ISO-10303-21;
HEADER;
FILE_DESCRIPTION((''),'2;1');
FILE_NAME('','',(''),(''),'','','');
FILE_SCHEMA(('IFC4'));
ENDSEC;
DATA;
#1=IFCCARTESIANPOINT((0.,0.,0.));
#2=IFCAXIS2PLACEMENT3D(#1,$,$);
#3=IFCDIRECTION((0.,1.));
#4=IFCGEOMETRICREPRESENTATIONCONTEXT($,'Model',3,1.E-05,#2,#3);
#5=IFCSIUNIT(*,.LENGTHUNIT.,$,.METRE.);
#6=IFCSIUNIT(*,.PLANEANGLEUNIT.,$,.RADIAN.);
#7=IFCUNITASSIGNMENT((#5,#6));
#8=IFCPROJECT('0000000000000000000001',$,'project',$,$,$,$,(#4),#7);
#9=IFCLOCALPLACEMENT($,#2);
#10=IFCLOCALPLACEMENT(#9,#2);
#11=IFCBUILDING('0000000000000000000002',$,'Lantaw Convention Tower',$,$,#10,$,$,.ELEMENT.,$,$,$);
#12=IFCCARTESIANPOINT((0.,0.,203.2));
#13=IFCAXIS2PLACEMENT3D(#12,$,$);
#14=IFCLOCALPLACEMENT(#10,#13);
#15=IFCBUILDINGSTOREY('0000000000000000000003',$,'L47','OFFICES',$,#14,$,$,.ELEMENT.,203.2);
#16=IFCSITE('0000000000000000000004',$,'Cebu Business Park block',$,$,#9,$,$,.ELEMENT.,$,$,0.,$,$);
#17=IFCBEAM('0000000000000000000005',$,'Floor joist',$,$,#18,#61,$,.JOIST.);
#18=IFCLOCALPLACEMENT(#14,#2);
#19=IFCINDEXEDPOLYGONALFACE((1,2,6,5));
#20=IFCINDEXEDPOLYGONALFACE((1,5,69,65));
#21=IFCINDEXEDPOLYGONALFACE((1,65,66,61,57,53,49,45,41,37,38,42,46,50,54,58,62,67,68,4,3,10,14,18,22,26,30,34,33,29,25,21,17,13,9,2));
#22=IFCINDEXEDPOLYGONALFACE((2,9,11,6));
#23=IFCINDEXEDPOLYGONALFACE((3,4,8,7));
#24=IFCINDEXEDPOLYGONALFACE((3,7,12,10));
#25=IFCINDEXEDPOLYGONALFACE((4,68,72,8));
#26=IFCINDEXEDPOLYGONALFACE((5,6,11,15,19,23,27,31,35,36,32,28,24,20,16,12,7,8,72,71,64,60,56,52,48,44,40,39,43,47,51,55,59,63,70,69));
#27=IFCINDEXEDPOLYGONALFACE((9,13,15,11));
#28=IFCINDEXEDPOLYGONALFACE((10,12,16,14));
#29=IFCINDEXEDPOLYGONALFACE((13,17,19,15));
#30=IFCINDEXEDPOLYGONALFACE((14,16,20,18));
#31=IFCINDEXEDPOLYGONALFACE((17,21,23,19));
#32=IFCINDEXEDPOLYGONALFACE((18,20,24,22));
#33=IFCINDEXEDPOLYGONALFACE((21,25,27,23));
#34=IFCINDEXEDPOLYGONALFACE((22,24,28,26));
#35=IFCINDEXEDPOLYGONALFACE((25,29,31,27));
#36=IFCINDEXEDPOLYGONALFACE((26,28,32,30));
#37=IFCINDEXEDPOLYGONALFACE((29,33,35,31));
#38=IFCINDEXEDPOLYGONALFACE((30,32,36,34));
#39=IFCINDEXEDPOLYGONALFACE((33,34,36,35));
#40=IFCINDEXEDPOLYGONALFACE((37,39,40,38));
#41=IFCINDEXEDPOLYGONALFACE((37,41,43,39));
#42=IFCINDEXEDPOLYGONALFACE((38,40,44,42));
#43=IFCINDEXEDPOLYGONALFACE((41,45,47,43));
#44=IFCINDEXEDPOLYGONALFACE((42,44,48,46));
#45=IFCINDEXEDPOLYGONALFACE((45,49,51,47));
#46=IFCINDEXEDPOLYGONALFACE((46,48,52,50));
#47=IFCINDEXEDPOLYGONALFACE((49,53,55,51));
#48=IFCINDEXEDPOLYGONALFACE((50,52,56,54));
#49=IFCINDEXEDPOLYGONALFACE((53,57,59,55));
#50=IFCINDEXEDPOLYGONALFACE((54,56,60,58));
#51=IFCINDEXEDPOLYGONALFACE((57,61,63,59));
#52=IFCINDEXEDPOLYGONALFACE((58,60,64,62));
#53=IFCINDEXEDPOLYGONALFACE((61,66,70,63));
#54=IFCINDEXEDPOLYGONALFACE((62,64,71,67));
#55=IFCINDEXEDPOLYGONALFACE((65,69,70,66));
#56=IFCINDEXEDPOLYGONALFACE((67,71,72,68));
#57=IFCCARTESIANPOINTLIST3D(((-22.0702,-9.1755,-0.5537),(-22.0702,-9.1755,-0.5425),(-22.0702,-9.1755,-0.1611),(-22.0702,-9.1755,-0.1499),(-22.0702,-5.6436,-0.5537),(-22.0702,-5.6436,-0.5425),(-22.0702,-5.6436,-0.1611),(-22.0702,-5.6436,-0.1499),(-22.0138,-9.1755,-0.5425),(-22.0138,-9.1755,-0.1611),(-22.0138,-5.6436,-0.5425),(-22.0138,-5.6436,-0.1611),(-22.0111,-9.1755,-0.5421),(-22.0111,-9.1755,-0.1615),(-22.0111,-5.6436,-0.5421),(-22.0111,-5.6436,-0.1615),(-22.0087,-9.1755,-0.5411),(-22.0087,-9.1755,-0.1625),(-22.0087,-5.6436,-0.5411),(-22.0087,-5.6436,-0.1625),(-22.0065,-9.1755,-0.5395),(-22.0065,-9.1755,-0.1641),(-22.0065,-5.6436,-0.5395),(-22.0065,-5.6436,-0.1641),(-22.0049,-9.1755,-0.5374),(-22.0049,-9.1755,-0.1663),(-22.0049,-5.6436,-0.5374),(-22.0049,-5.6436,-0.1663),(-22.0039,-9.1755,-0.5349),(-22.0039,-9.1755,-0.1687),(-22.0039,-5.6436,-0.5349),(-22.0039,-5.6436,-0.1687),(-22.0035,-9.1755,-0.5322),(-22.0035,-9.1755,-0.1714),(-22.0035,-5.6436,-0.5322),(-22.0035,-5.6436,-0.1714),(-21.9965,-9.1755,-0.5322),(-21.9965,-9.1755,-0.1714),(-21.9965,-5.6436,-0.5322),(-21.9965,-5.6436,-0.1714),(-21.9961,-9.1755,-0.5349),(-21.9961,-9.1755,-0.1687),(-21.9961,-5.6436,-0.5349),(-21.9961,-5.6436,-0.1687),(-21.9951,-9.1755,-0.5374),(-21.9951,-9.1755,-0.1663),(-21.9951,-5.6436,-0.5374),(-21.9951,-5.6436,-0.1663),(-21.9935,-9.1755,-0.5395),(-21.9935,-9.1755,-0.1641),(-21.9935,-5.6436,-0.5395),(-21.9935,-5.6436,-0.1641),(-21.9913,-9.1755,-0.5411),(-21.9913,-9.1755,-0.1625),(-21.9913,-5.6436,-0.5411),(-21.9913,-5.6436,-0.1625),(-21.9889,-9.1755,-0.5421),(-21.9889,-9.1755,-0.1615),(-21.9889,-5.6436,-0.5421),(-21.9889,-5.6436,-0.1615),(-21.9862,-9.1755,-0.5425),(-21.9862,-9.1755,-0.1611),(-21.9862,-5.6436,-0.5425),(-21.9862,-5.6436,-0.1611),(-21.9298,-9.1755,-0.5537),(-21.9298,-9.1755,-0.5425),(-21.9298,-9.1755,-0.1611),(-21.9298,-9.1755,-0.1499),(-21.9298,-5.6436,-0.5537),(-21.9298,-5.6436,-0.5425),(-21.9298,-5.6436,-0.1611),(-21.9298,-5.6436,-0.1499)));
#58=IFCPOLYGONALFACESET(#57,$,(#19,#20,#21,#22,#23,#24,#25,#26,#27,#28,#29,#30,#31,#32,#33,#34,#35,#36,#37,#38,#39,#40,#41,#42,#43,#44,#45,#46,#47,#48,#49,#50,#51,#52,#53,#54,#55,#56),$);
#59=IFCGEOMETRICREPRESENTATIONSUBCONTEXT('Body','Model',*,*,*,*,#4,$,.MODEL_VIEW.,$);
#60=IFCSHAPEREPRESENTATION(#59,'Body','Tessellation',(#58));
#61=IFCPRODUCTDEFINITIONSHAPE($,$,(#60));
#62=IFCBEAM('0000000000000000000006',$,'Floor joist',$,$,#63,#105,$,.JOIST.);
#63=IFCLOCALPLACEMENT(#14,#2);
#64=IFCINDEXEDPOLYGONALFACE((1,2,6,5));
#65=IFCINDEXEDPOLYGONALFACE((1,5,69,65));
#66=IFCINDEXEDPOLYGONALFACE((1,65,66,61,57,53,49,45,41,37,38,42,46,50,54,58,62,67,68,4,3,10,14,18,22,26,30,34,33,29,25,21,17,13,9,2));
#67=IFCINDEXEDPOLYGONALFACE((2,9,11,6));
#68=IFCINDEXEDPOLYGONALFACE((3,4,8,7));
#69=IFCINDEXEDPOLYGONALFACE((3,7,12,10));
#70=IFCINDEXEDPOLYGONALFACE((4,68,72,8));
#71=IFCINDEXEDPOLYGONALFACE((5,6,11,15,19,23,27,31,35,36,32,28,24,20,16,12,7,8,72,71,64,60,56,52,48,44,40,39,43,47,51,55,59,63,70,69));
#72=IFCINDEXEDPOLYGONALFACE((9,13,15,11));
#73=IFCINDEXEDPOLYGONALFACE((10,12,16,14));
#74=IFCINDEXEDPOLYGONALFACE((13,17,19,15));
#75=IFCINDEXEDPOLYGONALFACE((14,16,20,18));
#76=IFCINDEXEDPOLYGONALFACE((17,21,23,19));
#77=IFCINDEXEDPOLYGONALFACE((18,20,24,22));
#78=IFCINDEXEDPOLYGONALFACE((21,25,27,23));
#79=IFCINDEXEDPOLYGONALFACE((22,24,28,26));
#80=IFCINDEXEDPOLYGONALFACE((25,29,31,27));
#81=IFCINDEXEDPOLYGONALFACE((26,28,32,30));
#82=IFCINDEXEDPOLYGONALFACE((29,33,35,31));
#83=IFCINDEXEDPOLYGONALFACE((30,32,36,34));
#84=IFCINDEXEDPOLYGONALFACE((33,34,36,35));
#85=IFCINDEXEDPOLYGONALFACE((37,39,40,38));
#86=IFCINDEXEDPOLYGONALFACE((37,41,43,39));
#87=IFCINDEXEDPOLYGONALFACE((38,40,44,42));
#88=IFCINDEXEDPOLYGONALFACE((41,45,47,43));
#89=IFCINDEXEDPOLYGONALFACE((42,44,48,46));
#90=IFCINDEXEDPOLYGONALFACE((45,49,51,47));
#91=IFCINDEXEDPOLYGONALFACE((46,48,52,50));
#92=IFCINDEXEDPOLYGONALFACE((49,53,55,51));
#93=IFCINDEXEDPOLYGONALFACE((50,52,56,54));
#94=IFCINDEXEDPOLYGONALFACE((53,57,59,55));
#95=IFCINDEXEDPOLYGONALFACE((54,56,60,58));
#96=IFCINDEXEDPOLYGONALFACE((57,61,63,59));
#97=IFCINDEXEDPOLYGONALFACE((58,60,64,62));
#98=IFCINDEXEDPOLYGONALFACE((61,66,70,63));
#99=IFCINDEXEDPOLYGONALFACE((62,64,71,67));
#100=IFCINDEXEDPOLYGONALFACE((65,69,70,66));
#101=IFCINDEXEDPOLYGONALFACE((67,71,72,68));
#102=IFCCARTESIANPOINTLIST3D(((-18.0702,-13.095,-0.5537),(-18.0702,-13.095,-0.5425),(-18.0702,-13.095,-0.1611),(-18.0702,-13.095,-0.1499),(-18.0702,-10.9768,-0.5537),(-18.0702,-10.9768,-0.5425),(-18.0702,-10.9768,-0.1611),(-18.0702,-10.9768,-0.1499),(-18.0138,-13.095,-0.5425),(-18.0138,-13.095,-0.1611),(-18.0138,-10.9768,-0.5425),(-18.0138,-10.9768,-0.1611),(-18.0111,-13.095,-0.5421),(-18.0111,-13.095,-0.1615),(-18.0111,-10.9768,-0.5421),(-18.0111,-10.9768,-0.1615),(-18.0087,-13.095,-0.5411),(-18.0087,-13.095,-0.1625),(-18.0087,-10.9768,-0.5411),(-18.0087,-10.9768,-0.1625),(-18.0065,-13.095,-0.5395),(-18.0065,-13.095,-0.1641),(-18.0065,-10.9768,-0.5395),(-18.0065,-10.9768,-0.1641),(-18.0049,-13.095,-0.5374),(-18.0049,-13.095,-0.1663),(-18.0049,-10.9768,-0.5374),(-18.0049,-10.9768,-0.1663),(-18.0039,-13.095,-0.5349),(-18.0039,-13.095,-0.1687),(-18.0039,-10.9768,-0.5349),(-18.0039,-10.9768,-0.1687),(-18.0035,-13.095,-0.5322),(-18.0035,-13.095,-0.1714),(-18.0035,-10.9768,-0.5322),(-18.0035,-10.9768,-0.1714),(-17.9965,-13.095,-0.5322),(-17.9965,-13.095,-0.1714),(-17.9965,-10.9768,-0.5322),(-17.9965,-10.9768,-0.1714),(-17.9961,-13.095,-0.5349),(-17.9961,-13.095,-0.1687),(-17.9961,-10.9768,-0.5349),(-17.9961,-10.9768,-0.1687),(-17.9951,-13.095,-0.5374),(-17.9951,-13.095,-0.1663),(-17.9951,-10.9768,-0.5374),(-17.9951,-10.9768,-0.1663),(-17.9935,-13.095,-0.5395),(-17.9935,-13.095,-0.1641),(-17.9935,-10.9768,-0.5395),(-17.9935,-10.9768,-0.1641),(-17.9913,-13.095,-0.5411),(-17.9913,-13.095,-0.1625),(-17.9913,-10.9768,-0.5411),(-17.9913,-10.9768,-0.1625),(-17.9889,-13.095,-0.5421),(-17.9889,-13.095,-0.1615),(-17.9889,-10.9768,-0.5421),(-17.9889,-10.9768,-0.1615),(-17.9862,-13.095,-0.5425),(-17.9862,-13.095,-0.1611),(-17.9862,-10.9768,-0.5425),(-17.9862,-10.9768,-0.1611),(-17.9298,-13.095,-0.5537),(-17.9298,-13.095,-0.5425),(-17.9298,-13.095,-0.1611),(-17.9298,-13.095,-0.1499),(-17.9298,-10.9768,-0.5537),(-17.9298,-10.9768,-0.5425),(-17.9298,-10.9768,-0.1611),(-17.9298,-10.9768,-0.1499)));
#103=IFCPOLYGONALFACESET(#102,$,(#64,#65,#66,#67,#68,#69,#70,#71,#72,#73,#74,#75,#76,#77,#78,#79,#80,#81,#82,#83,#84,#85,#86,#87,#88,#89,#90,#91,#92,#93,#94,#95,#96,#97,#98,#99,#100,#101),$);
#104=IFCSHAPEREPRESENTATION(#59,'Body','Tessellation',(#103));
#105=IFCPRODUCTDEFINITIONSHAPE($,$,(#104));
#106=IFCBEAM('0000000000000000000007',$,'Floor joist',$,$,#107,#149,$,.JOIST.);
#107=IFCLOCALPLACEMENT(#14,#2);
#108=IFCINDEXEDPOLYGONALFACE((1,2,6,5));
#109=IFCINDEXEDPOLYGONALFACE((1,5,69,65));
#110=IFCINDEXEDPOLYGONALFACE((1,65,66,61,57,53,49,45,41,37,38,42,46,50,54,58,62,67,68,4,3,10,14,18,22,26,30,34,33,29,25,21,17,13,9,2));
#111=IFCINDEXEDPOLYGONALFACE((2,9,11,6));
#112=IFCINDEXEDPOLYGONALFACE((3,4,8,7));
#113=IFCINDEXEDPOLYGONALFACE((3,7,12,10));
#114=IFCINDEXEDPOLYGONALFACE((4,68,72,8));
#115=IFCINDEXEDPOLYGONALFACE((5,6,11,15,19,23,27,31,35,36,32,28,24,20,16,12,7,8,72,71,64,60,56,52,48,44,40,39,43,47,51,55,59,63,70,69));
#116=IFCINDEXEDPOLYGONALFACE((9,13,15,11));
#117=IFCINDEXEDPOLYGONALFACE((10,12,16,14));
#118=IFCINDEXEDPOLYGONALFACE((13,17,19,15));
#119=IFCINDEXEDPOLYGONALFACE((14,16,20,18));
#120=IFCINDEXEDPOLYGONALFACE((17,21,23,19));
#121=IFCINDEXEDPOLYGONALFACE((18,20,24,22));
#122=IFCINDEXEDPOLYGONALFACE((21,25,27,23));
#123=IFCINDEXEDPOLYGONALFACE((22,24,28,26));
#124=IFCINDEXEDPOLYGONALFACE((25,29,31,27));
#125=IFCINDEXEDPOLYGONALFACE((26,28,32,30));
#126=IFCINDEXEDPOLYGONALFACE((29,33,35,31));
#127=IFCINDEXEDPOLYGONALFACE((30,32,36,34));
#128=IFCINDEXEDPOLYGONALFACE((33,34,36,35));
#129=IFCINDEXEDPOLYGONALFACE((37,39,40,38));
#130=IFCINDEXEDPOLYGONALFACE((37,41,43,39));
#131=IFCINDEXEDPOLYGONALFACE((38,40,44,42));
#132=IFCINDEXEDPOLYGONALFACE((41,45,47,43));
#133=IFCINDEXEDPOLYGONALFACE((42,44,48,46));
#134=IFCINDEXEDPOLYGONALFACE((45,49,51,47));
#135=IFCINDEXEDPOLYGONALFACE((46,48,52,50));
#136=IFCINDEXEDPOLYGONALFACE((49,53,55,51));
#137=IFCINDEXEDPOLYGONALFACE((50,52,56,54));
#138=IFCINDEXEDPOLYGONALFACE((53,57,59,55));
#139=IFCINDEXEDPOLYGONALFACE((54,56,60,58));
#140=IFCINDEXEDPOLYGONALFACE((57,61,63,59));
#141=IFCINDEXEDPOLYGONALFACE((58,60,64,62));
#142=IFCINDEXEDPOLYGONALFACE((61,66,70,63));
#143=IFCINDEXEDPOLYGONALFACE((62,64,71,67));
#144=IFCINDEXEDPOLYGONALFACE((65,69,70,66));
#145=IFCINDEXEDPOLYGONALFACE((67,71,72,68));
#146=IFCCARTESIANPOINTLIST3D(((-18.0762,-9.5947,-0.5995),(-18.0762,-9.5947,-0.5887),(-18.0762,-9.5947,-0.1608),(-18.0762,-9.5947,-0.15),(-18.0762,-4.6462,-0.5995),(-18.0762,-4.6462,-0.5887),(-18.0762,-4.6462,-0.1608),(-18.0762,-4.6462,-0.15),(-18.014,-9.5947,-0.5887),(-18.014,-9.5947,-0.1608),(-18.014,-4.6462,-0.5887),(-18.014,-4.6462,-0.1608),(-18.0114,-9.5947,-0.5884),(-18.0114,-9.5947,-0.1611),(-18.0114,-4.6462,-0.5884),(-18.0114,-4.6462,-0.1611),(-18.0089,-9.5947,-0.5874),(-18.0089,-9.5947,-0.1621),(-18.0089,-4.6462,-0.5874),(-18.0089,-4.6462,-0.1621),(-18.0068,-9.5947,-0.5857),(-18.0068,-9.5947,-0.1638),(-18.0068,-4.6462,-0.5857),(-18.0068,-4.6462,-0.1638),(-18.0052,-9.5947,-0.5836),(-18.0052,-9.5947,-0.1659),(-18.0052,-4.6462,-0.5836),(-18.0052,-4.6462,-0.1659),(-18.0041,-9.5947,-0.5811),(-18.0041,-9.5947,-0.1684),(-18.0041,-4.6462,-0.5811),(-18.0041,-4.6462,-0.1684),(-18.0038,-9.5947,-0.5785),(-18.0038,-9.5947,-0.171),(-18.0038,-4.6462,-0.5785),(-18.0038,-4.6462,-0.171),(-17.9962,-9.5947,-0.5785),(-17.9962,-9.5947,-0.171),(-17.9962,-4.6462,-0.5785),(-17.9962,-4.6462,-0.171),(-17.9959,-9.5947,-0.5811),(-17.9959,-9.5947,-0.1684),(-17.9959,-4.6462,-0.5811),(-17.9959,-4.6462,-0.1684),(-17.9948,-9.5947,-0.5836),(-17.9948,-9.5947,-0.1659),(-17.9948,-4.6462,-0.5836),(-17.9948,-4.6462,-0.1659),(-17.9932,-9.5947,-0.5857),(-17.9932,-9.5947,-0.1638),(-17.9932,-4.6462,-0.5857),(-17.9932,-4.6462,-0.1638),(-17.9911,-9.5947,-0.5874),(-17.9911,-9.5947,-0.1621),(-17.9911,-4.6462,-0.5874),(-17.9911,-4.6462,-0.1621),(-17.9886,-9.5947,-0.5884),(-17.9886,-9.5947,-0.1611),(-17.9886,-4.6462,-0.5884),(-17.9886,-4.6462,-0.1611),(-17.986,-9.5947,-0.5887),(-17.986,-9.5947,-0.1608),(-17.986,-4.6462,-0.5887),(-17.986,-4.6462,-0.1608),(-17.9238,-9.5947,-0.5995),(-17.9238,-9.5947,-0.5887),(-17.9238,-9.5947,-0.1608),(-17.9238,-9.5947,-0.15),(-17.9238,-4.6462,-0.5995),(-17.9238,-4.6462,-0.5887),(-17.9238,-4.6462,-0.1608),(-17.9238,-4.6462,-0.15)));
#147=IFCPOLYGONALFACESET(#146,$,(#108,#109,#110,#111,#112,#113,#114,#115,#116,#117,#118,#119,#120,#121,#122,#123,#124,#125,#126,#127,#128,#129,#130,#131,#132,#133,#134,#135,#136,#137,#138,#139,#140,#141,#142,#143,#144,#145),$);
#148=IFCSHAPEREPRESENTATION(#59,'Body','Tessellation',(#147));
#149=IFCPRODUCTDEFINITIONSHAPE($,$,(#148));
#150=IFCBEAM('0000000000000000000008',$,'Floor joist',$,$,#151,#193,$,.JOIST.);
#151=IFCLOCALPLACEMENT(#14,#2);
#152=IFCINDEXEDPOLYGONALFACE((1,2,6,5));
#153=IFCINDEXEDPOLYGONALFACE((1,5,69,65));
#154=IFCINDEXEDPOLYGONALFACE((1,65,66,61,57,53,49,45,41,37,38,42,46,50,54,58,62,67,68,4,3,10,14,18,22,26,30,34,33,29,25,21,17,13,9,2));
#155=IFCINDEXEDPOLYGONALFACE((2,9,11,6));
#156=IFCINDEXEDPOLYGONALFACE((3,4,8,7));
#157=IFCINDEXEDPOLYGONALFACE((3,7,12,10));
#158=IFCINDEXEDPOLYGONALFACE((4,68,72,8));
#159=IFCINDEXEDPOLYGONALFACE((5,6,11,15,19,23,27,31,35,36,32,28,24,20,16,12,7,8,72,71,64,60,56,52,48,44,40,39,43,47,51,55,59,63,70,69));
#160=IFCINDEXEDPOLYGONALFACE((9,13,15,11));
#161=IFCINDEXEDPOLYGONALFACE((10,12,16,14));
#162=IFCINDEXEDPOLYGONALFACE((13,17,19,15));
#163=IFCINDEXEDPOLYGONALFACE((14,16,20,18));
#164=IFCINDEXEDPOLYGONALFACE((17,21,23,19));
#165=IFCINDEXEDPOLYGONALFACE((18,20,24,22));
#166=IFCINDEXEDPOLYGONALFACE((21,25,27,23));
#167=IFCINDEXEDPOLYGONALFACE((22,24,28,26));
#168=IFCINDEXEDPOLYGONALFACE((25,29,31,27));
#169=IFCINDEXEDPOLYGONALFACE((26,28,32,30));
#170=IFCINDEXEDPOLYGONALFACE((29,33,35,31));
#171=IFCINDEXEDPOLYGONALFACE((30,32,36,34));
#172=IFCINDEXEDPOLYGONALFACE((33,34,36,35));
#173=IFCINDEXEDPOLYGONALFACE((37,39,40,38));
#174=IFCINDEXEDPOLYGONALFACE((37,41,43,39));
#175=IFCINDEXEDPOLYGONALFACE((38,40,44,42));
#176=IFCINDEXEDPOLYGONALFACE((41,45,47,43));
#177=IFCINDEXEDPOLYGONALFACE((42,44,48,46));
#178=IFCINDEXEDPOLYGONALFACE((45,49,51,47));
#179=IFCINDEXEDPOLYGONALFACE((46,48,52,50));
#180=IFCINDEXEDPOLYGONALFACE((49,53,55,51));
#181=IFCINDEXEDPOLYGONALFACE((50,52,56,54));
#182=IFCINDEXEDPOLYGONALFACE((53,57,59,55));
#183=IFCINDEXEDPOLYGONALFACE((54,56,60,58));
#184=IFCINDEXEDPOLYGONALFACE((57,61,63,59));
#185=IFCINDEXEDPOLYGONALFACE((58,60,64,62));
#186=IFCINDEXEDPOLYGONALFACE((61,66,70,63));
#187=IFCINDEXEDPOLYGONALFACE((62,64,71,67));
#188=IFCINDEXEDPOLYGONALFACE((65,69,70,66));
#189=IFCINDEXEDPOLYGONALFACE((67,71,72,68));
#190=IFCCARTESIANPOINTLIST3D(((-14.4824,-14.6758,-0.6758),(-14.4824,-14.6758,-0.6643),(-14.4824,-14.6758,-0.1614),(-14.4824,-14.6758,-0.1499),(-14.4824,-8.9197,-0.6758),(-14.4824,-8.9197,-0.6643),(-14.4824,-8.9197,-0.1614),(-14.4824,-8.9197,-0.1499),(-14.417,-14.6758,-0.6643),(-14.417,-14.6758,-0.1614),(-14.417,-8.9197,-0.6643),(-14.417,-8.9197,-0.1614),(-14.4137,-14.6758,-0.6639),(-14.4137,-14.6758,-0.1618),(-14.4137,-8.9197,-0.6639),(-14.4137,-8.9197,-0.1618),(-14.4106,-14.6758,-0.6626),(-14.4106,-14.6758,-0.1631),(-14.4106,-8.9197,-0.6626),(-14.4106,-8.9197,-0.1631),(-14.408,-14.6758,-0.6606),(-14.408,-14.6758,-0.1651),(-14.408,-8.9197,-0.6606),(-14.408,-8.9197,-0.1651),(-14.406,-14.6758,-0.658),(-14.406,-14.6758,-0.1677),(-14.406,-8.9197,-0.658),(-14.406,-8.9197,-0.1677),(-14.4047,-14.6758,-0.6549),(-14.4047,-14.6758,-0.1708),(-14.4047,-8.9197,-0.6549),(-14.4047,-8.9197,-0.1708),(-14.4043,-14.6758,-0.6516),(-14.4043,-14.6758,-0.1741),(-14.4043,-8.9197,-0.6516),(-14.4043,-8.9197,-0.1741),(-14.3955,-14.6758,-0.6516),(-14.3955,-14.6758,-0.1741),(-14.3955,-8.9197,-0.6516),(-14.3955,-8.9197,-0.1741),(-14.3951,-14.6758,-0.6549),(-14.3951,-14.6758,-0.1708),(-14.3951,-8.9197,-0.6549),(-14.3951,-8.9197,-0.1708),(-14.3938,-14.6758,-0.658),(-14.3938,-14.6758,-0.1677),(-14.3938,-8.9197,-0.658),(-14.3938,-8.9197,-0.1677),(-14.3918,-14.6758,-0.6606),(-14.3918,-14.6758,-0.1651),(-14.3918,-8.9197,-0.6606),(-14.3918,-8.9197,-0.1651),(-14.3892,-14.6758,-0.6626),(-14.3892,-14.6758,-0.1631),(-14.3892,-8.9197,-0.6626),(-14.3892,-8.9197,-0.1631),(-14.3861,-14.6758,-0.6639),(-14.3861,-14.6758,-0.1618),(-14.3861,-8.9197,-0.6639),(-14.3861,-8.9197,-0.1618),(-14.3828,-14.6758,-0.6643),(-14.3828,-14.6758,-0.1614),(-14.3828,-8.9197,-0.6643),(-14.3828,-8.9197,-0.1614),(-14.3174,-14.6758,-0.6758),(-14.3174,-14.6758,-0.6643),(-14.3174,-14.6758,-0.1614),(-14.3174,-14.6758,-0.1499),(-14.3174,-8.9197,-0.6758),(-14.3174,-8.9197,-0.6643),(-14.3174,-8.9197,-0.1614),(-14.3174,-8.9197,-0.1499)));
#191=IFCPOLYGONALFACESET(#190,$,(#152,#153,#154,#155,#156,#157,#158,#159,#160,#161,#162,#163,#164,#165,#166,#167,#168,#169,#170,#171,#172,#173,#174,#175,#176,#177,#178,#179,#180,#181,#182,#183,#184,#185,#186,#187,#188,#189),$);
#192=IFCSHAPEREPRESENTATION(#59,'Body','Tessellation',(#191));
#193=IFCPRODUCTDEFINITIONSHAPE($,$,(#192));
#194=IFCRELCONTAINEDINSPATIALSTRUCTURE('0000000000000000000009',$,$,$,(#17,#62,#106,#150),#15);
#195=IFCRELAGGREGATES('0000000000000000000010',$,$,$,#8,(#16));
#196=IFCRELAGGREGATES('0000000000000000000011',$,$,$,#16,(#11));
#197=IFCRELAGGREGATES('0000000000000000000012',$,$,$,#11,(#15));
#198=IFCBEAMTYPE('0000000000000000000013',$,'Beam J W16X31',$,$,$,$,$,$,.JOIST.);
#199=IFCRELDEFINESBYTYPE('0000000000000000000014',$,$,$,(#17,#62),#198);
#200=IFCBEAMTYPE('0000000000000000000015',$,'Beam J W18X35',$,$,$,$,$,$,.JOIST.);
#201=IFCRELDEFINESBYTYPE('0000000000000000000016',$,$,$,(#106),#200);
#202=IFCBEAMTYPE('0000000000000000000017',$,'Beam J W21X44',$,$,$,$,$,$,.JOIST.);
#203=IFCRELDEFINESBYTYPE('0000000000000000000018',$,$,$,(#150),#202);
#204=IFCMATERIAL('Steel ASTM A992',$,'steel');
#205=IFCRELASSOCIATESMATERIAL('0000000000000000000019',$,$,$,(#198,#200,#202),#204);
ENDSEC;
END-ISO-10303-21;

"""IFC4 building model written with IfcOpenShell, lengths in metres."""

from ifc_helpers import new_model, si_unit, direction, frame, origin, origin_2d, place, context, subcontext, project, spatial, i_section, extrude, material, material_profile, profile_set, type_object, element, save


model = new_model("IFC4")

# Units and contexts
model_context = context("Model", 3, precision=1e-05, world=origin(), true_north=direction((0.0, 1.0)))
body_context = subcontext(model_context, "Body", "Model", "MODEL_VIEW")
ifc_project = project(units=[si_unit("LENGTHUNIT", "METRE"), si_unit("PLANEANGLEUNIT", "RADIAN")], contexts=[model_context])

# Site, building, storey
site_placement = place(None, origin())
site = spatial("IfcSite", under=ifc_project, at=site_placement, Name="Cebu Business Park block", CompositionType="ELEMENT", RefElevation=0.0)
building_placement = place(site_placement, origin())
building = spatial("IfcBuilding", under=site, at=building_placement, Name="Lantaw Convention Tower", CompositionType="ELEMENT")
storey_placement = place(building_placement, frame((0.0, 0.0, 203.2)))
storey = spatial("IfcBuildingStorey", under=building, at=storey_placement, Name="L47", Description="OFFICES", CompositionType="ELEMENT", Elevation=203.2)

# Beams
ifc_material_1 = material(Name="Steel ASTM A992", Category="steel")
ifc_material_profile_1 = material_profile(ifc_material_1, i_section(OverallWidth=0.1404, OverallDepth=0.4038, WebThickness=0.0071, FlangeThickness=0.0112, FilletRadius=0.0103, at=origin_2d()), Name="W16X31")
ifc_profile_set_1 = profile_set([ifc_material_profile_1], Name="Steel ASTM A992")
beam_type_1 = type_object("IfcBeamType", Name="Beam J W16X31", PredefinedType="JOIST", material=ifc_profile_set_1)
beam_1_placement = place(storey_placement, frame((-22.0, -9.1755, -0.3518), z_axis=(0.0, 1.0, 0.0), x_axis=(-1.0, 0.0, 0.0)))
element("IfcBeam", 1, at=beam_1_placement, inside=storey, type_object=beam_type_1, Name="Floor joist", PredefinedType="JOIST", context=body_context, shape_type="SweptSolid", body=[
    extrude(i_section(OverallWidth=0.1404, OverallDepth=0.4038, WebThickness=0.0071, FlangeThickness=0.0112, FilletRadius=0.0103, at=origin_2d()), origin(), (0.0, 0.0, 1.0), 3.532),
])
beam_2_placement = place(storey_placement, frame((-18.0, -13.095, -0.3518), z_axis=(0.0, 1.0, 0.0), x_axis=(-1.0, 0.0, 0.0)))
element("IfcBeam", 2, at=beam_2_placement, inside=storey, type_object=beam_type_1, Name="Floor joist", PredefinedType="JOIST", context=body_context, shape_type="SweptSolid", body=[
    extrude(i_section(OverallWidth=0.1404, OverallDepth=0.4038, WebThickness=0.0071, FlangeThickness=0.0112, FilletRadius=0.0103, at=origin_2d()), origin(), (0.0, 0.0, 1.0), 2.1182),
])
ifc_material_profile_2 = material_profile(ifc_material_1, i_section(OverallWidth=0.1523, OverallDepth=0.4495, WebThickness=0.0076, FlangeThickness=0.0107, FilletRadius=0.0103, at=origin_2d()), Name="W18X35")
ifc_profile_set_2 = profile_set([ifc_material_profile_2], Name="Steel ASTM A992")
beam_type_2 = type_object("IfcBeamType", Name="Beam J W18X35", PredefinedType="JOIST", material=ifc_profile_set_2)
beam_3_placement = place(storey_placement, frame((-18.0, -9.5947, -0.3748), z_axis=(0.0, 1.0, 0.0), x_axis=(-1.0, 0.0, 0.0)))
element("IfcBeam", 3, at=beam_3_placement, inside=storey, type_object=beam_type_2, Name="Floor joist", PredefinedType="JOIST", context=body_context, shape_type="SweptSolid", body=[
    extrude(i_section(OverallWidth=0.1523, OverallDepth=0.4495, WebThickness=0.0076, FlangeThickness=0.0107, FilletRadius=0.0103, at=origin_2d()), origin(), (0.0, 0.0, 1.0), 4.9485),
])
ifc_material_profile_3 = material_profile(ifc_material_1, i_section(OverallWidth=0.165, OverallDepth=0.5259, WebThickness=0.0088, FlangeThickness=0.0115, FilletRadius=0.0127, at=origin_2d()), Name="W21X44")
ifc_profile_set_3 = profile_set([ifc_material_profile_3], Name="Steel ASTM A992")
beam_type_3 = type_object("IfcBeamType", Name="Beam J W21X44", PredefinedType="JOIST", material=ifc_profile_set_3)
beam_4_placement = place(storey_placement, frame((-14.3999, -14.6758, -0.4128), z_axis=(0.0, 1.0, 0.0), x_axis=(-1.0, 0.0, 0.0)))
element("IfcBeam", 4, at=beam_4_placement, inside=storey, type_object=beam_type_3, Name="Floor joist", PredefinedType="JOIST", context=body_context, shape_type="SweptSolid", body=[
    extrude(i_section(OverallWidth=0.165, OverallDepth=0.5259, WebThickness=0.0088, FlangeThickness=0.0115, FilletRadius=0.0127, at=origin_2d()), origin(), (0.0, 0.0, 1.0), 5.7561),
])

save(model, "model.ifc")
